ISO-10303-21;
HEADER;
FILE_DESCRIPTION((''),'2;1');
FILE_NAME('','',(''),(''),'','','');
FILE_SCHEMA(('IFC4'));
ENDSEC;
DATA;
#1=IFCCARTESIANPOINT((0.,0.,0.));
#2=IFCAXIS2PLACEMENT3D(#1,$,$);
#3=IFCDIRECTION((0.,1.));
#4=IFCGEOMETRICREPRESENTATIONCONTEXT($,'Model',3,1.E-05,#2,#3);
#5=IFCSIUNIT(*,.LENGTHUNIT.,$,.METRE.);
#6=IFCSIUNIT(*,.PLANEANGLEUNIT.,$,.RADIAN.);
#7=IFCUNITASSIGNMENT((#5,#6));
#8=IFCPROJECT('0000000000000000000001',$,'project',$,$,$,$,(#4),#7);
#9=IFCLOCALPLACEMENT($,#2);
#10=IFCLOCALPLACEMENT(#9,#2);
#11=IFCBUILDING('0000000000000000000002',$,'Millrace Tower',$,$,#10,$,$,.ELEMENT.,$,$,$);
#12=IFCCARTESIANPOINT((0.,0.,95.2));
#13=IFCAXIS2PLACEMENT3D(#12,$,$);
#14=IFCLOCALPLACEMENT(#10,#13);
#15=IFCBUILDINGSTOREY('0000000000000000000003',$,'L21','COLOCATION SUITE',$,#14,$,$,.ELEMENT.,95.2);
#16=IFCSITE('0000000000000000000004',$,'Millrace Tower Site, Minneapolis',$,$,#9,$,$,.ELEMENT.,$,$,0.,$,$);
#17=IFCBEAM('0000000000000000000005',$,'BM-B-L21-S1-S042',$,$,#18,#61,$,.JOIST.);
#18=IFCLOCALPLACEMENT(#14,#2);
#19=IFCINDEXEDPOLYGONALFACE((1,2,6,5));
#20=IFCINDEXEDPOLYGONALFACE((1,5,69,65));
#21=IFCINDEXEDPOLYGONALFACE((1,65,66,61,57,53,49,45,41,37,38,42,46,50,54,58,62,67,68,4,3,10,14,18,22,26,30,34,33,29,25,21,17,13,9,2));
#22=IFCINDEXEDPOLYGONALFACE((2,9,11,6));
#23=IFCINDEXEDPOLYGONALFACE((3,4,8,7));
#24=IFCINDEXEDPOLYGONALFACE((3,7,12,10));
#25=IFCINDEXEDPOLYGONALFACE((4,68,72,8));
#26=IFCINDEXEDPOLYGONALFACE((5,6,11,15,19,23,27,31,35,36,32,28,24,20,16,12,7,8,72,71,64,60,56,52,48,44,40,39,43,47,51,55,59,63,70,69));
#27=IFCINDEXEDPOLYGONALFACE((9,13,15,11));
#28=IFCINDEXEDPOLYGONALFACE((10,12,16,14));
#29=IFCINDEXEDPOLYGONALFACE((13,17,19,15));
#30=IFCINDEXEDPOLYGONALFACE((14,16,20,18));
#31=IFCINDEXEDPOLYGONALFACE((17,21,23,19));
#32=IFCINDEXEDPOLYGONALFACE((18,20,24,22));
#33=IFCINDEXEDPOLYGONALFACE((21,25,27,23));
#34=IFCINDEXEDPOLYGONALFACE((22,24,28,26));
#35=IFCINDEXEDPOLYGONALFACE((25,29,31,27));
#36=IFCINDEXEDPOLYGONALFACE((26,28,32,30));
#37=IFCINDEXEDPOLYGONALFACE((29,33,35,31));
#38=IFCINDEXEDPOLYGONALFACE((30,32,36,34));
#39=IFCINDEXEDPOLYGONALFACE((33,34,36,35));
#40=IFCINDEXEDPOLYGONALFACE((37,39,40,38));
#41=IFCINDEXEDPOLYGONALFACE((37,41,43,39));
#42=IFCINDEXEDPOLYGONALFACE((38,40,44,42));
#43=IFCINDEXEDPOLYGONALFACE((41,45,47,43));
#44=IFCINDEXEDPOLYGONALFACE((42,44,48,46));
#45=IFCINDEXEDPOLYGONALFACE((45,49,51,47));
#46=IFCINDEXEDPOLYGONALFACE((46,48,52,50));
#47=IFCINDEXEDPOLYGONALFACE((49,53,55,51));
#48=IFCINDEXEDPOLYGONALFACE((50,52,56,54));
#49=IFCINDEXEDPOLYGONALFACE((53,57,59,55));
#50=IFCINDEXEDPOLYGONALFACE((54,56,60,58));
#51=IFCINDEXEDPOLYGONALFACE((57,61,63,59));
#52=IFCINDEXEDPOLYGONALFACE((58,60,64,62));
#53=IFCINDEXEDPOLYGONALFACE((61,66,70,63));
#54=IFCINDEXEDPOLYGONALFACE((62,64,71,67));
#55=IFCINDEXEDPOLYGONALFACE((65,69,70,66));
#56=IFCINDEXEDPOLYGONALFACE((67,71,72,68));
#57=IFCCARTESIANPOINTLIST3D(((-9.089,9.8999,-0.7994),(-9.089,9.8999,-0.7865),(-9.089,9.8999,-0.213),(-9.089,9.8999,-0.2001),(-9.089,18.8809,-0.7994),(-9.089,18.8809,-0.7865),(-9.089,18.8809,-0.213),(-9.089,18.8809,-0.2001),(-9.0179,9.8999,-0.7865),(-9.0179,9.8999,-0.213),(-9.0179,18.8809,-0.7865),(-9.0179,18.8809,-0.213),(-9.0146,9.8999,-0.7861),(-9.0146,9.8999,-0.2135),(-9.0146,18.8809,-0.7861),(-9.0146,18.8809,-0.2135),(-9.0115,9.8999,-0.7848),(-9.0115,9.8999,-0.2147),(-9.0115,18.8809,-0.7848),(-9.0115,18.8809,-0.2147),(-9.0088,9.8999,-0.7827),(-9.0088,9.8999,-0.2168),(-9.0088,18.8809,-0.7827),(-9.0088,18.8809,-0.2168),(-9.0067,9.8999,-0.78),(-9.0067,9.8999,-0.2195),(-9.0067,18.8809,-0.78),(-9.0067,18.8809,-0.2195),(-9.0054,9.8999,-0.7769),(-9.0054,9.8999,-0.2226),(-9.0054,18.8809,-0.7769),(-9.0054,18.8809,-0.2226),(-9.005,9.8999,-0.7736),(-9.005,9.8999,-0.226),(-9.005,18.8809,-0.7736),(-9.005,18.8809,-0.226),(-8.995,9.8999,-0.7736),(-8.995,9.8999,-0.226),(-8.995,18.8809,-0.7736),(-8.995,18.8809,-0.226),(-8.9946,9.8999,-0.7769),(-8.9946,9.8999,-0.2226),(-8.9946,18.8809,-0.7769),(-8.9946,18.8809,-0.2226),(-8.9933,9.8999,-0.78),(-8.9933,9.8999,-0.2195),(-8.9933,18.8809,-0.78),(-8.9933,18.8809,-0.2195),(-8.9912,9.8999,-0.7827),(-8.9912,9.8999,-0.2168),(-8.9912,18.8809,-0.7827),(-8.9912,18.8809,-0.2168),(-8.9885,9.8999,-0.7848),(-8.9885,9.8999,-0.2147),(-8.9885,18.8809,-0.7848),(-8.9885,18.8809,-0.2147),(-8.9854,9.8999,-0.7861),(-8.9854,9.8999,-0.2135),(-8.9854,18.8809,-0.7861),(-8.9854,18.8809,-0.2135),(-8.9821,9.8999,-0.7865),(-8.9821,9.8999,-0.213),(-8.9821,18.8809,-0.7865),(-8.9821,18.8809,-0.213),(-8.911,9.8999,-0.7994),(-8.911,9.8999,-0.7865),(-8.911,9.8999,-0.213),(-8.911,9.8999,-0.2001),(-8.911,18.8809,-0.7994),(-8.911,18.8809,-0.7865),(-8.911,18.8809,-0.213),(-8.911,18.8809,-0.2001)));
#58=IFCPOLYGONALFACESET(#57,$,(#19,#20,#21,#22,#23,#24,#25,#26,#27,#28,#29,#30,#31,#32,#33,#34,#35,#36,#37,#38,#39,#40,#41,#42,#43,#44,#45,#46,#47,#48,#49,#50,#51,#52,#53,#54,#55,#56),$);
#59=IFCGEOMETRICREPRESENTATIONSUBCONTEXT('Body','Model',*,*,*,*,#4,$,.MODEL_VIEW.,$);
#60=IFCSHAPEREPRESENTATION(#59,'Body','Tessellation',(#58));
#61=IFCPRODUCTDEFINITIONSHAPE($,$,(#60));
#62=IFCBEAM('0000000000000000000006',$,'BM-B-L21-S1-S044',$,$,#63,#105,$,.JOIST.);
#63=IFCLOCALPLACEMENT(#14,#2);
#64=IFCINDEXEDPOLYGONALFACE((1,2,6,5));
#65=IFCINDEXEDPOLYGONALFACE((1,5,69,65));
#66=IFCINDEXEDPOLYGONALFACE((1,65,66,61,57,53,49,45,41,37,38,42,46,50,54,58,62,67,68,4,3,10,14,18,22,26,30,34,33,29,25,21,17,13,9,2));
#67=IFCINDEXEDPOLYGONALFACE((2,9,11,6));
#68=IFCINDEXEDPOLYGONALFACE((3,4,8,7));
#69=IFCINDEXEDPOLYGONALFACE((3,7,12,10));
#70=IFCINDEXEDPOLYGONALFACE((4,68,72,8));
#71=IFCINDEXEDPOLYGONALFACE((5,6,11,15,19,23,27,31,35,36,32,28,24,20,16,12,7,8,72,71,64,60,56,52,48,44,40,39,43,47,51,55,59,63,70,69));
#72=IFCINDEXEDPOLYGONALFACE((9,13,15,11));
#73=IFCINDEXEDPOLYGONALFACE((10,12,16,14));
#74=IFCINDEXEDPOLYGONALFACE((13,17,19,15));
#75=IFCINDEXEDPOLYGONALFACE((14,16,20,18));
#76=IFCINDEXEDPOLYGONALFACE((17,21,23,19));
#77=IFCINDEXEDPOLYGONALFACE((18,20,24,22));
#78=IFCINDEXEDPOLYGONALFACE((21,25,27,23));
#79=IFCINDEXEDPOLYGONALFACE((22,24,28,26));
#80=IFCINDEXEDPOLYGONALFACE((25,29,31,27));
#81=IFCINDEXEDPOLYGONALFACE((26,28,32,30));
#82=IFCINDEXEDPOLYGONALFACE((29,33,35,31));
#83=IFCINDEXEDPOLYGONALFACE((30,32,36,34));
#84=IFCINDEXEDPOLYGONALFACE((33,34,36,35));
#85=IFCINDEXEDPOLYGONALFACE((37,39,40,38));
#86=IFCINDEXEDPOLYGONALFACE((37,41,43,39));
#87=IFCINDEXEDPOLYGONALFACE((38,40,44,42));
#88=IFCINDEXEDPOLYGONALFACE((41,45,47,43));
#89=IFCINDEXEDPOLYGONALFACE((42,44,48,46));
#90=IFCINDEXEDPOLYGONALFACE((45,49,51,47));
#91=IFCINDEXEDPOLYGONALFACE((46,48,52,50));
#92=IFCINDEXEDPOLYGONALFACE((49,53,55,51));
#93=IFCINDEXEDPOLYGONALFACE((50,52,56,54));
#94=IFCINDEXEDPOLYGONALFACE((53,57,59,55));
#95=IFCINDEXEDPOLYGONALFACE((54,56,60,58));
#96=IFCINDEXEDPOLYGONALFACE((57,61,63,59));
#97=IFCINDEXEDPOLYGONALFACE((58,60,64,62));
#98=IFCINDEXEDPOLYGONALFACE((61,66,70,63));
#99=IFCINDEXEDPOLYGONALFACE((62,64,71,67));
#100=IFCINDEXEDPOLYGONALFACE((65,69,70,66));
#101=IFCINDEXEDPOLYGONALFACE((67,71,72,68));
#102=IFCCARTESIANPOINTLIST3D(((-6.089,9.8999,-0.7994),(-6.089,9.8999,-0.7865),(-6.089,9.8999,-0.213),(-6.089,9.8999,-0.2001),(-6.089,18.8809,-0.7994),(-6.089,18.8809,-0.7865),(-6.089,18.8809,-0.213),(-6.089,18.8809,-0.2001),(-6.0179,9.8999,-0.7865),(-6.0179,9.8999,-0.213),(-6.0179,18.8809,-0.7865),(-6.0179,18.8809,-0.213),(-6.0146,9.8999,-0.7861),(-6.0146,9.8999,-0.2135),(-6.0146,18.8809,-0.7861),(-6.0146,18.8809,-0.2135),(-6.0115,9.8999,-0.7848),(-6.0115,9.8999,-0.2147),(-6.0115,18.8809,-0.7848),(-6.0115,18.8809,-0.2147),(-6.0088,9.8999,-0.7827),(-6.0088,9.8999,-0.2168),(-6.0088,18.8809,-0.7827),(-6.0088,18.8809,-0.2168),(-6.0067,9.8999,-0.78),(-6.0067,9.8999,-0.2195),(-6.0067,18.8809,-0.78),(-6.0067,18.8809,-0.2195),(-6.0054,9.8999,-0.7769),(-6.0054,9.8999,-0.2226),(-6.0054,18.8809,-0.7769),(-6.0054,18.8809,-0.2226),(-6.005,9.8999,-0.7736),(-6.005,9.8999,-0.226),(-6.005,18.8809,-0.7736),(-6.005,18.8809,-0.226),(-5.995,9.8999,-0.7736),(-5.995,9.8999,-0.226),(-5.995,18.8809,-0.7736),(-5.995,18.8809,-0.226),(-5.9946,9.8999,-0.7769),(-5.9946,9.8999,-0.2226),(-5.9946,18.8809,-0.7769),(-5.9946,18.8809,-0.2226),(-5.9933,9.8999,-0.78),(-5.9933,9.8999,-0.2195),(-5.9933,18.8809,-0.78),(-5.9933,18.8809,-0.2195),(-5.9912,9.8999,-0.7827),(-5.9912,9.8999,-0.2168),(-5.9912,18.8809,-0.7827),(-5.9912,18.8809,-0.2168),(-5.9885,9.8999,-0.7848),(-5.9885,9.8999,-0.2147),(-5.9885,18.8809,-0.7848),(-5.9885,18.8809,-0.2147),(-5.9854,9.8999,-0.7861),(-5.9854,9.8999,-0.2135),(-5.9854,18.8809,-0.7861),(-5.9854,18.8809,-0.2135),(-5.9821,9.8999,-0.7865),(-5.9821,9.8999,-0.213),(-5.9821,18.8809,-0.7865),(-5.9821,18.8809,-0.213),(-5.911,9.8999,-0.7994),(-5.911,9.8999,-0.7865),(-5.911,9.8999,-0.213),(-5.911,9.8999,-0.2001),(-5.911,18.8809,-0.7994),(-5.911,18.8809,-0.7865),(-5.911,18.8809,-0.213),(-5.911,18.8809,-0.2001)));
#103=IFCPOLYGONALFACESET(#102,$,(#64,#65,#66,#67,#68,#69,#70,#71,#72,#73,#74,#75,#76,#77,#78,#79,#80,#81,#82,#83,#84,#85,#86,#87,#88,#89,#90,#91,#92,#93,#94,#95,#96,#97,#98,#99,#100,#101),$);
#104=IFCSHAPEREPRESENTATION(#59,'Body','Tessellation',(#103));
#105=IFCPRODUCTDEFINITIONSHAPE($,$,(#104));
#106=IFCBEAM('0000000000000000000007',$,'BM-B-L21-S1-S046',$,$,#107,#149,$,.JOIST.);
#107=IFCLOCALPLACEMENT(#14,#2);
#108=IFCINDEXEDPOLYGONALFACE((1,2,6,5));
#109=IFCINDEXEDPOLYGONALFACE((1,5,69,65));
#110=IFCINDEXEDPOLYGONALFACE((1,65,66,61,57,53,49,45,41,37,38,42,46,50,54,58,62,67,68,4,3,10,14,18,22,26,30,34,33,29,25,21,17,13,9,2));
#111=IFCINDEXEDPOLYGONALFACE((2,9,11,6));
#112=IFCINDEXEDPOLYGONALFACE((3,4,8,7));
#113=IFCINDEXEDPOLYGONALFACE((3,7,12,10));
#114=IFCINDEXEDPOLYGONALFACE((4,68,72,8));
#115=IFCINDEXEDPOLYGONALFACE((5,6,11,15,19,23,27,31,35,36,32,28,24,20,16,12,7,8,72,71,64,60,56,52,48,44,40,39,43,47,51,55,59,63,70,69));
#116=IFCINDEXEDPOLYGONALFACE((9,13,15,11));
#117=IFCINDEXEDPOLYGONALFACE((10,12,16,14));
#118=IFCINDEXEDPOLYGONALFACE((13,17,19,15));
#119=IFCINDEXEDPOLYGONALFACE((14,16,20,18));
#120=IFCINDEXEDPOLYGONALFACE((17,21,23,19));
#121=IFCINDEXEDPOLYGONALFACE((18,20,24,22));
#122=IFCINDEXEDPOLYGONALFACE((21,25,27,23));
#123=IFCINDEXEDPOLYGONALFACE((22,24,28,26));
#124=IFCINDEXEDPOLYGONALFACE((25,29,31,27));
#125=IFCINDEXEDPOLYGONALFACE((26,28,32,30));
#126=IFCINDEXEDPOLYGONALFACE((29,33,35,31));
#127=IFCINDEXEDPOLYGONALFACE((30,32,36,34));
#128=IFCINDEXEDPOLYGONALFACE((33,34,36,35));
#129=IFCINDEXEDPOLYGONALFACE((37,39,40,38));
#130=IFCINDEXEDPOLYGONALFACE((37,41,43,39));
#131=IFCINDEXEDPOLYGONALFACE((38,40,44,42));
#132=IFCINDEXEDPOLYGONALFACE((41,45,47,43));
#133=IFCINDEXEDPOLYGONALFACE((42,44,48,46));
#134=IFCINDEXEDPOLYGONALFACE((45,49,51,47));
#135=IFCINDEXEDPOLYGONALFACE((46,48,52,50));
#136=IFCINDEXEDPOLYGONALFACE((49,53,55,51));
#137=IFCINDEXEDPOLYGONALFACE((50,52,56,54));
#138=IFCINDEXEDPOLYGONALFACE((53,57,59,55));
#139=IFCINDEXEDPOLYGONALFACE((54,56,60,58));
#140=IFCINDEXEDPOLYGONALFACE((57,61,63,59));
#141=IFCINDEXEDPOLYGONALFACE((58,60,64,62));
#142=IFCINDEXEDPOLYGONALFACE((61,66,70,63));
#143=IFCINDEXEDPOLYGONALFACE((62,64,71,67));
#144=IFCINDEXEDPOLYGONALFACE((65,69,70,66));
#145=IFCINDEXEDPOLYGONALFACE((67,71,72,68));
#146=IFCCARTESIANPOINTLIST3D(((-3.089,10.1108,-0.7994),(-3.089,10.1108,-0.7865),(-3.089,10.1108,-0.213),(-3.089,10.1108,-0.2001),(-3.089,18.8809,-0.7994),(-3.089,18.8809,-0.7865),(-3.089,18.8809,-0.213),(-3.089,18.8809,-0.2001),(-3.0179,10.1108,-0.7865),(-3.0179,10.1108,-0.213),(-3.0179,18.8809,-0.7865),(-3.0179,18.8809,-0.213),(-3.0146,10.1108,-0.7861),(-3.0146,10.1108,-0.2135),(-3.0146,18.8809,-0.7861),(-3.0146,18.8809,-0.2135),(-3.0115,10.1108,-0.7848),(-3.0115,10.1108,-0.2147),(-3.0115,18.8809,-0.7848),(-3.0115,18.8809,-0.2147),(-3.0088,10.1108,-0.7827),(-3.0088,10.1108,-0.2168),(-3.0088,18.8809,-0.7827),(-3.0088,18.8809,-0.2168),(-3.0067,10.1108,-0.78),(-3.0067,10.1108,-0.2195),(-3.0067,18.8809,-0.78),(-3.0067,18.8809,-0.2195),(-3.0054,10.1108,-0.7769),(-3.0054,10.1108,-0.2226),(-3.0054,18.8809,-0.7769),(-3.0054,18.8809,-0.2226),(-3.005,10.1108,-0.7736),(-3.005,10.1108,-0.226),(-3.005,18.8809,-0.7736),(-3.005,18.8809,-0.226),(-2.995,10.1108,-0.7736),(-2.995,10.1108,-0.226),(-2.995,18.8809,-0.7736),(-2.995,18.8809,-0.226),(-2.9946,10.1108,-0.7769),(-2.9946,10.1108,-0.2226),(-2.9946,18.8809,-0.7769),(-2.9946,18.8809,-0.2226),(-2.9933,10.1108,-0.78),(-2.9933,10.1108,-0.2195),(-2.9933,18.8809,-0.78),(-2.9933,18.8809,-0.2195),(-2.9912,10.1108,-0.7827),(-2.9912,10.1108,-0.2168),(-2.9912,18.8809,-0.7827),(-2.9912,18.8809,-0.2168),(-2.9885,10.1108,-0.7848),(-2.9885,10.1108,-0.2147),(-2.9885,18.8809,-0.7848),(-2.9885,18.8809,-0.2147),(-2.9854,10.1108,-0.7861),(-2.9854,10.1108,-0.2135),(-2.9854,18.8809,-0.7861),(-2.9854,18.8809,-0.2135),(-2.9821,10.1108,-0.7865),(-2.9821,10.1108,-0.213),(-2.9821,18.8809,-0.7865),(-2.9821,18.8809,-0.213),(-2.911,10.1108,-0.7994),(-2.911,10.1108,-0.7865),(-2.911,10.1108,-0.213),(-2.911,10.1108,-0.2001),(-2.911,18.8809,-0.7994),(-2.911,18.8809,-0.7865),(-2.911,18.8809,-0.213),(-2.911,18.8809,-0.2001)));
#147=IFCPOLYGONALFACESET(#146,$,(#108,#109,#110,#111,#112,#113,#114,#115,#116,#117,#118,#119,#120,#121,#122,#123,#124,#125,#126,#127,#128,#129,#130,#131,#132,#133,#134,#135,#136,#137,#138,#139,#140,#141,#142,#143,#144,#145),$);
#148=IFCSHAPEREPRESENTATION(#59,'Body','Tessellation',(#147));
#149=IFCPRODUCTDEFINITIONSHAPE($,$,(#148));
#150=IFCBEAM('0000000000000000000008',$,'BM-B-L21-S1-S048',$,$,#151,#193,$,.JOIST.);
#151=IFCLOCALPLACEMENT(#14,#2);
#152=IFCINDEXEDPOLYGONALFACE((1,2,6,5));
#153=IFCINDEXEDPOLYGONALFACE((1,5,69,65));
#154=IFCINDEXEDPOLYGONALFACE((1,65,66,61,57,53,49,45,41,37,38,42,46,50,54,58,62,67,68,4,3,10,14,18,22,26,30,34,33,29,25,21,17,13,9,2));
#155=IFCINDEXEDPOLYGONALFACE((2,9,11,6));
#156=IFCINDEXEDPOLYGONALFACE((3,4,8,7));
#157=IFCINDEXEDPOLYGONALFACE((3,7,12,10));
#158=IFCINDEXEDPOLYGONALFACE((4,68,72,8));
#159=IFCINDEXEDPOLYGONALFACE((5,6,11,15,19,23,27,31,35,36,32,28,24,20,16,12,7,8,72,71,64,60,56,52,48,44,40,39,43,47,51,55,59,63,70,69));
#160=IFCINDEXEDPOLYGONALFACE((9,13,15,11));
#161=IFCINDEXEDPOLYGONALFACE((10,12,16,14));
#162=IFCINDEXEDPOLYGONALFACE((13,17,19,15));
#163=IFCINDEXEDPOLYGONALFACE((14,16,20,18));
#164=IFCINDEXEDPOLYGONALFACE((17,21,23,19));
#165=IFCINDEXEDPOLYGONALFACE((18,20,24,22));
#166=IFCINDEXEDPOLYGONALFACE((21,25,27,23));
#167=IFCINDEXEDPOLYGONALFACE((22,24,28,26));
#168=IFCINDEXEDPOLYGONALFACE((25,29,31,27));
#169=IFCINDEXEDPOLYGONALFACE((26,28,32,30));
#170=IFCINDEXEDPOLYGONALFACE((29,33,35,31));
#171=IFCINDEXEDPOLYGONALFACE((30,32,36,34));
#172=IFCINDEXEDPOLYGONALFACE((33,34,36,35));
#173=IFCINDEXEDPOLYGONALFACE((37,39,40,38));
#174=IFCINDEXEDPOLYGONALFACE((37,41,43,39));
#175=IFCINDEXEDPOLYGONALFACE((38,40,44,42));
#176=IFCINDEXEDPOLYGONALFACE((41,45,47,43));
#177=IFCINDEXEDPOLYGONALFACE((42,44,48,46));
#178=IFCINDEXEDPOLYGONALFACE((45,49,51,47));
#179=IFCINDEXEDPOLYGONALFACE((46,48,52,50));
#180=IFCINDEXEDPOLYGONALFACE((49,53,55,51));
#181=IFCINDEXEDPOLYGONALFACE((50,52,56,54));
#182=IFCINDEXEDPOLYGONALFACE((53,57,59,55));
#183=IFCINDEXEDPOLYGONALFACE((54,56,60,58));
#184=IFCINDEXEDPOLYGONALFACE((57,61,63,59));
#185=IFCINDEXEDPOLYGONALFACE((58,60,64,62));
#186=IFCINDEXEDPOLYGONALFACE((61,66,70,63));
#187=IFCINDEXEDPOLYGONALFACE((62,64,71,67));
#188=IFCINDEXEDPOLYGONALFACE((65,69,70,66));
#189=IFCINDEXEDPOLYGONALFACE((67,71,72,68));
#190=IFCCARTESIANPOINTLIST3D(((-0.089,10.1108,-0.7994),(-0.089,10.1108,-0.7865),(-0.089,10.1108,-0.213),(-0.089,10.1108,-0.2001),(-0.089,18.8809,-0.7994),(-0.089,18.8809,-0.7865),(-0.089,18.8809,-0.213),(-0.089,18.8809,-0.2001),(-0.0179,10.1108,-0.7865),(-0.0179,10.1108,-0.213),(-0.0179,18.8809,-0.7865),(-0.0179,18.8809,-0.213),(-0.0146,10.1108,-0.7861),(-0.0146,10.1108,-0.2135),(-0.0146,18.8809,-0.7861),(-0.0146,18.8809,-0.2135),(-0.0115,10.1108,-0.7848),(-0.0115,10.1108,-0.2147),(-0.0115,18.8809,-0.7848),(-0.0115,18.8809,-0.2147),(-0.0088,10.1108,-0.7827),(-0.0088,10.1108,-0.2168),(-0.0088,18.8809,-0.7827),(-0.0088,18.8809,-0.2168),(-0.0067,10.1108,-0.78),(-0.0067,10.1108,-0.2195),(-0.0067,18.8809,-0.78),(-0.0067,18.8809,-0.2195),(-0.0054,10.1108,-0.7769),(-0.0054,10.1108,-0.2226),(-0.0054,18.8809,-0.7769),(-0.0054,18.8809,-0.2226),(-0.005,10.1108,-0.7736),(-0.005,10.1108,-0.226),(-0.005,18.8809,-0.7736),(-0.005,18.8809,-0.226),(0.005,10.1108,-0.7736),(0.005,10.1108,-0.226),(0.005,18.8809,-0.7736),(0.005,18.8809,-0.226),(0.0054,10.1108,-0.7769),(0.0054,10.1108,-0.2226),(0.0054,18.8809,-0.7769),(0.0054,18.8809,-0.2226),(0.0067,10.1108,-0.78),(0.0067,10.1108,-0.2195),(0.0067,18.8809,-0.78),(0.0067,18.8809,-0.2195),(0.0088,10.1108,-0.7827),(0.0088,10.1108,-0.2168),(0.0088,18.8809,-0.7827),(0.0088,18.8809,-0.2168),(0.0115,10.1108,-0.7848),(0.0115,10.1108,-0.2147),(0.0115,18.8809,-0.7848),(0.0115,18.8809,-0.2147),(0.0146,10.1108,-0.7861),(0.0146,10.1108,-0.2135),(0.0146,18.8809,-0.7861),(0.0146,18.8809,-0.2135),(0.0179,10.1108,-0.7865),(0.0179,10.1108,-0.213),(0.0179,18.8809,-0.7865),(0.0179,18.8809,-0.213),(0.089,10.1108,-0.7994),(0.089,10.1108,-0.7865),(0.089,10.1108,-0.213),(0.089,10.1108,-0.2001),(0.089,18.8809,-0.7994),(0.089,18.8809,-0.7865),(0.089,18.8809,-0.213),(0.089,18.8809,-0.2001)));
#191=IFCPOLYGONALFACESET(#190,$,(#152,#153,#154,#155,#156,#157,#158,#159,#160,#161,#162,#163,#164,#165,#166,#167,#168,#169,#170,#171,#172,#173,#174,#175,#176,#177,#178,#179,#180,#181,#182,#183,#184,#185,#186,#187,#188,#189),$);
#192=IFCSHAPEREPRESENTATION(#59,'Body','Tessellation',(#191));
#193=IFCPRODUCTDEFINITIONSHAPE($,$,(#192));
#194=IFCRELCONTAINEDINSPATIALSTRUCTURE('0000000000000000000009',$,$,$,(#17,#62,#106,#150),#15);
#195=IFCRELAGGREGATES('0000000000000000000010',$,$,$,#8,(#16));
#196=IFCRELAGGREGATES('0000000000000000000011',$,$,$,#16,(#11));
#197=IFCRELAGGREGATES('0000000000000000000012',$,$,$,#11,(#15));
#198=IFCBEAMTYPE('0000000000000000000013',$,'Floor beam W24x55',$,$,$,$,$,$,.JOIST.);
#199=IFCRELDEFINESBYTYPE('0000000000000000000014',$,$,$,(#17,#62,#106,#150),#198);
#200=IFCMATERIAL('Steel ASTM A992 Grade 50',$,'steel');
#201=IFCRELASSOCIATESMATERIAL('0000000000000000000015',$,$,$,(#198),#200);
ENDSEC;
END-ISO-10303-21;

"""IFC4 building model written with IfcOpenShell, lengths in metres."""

from ifc_helpers import new_model, si_unit, direction, frame, origin, origin_2d, place, context, subcontext, project, spatial, i_section, extrude, material, material_profile, profile_set, type_object, element, save


model = new_model("IFC4")

# Units and contexts
model_context = context("Model", 3, precision=1e-05, world=origin(), true_north=direction((0.0, 1.0)))
body_context = subcontext(model_context, "Body", "Model", "MODEL_VIEW")
ifc_project = project(units=[si_unit("LENGTHUNIT", "METRE"), si_unit("PLANEANGLEUNIT", "RADIAN")], contexts=[model_context])

# Site, building, storey
site_placement = place(None, origin())
site = spatial("IfcSite", under=ifc_project, at=site_placement, Name="Millrace Tower Site, Minneapolis", CompositionType="ELEMENT", RefElevation=0.0)
building_placement = place(site_placement, origin())
building = spatial("IfcBuilding", under=site, at=building_placement, Name="Millrace Tower", CompositionType="ELEMENT")
storey_placement = place(building_placement, frame((0.0, 0.0, 95.2)))
storey = spatial("IfcBuildingStorey", under=building, at=storey_placement, Name="L21", Description="COLOCATION SUITE", CompositionType="ELEMENT", Elevation=95.2)

# Beams
ifc_material_1 = material(Name="Steel ASTM A992 Grade 50", Category="steel")
ifc_material_profile_1 = material_profile(ifc_material_1, i_section(OverallWidth=0.178, OverallDepth=0.5994, WebThickness=0.01, FlangeThickness=0.0129, FilletRadius=0.0129, at=origin_2d()))
ifc_profile_set_1 = profile_set([ifc_material_profile_1], Name="Steel ASTM A992 Grade 50")
beam_type_1 = type_object("IfcBeamType", Name="Floor beam W24x55", PredefinedType="JOIST", material=ifc_profile_set_1)
for number, where, z_axis, x_axis, name in (
    (1, (-9.0, 9.8999, -0.4998), (0.0, 1.0, 0.0), (-1.0, 0.0, 0.0), "BM-B-L21-S1-S042"),
    (2, (-6.0, 9.8999, -0.4998), (0.0, 1.0, 0.0), (-1.0, 0.0, 0.0), "BM-B-L21-S1-S044"),
):
    element("IfcBeam", number, at=place(storey_placement, frame(where, z_axis=z_axis, x_axis=x_axis)), inside=storey, type_object=beam_type_1, Name=name, PredefinedType="JOIST", context=body_context, shape_type="SweptSolid", body=[
        extrude(i_section(OverallWidth=0.178, OverallDepth=0.5994, WebThickness=0.01, FlangeThickness=0.0129, FilletRadius=0.0129, at=origin_2d()), origin(), (0.0, 0.0, 1.0), 8.981),
    ])
for number, where, z_axis, x_axis, name in (
    (3, (-3.0, 10.1108, -0.4998), (0.0, 1.0, 0.0), (-1.0, 0.0, 0.0), "BM-B-L21-S1-S046"),
    (4, (0.0, 10.1108, -0.4998), (0.0, 1.0, 0.0), (-1.0, 0.0, 0.0), "BM-B-L21-S1-S048"),
):
    element("IfcBeam", number, at=place(storey_placement, frame(where, z_axis=z_axis, x_axis=x_axis)), inside=storey, type_object=beam_type_1, Name=name, PredefinedType="JOIST", context=body_context, shape_type="SweptSolid", body=[
        extrude(i_section(OverallWidth=0.178, OverallDepth=0.5994, WebThickness=0.01, FlangeThickness=0.0129, FilletRadius=0.0129, at=origin_2d()), origin(), (0.0, 0.0, 1.0), 8.77),
    ])

save(model, "model.ifc")
